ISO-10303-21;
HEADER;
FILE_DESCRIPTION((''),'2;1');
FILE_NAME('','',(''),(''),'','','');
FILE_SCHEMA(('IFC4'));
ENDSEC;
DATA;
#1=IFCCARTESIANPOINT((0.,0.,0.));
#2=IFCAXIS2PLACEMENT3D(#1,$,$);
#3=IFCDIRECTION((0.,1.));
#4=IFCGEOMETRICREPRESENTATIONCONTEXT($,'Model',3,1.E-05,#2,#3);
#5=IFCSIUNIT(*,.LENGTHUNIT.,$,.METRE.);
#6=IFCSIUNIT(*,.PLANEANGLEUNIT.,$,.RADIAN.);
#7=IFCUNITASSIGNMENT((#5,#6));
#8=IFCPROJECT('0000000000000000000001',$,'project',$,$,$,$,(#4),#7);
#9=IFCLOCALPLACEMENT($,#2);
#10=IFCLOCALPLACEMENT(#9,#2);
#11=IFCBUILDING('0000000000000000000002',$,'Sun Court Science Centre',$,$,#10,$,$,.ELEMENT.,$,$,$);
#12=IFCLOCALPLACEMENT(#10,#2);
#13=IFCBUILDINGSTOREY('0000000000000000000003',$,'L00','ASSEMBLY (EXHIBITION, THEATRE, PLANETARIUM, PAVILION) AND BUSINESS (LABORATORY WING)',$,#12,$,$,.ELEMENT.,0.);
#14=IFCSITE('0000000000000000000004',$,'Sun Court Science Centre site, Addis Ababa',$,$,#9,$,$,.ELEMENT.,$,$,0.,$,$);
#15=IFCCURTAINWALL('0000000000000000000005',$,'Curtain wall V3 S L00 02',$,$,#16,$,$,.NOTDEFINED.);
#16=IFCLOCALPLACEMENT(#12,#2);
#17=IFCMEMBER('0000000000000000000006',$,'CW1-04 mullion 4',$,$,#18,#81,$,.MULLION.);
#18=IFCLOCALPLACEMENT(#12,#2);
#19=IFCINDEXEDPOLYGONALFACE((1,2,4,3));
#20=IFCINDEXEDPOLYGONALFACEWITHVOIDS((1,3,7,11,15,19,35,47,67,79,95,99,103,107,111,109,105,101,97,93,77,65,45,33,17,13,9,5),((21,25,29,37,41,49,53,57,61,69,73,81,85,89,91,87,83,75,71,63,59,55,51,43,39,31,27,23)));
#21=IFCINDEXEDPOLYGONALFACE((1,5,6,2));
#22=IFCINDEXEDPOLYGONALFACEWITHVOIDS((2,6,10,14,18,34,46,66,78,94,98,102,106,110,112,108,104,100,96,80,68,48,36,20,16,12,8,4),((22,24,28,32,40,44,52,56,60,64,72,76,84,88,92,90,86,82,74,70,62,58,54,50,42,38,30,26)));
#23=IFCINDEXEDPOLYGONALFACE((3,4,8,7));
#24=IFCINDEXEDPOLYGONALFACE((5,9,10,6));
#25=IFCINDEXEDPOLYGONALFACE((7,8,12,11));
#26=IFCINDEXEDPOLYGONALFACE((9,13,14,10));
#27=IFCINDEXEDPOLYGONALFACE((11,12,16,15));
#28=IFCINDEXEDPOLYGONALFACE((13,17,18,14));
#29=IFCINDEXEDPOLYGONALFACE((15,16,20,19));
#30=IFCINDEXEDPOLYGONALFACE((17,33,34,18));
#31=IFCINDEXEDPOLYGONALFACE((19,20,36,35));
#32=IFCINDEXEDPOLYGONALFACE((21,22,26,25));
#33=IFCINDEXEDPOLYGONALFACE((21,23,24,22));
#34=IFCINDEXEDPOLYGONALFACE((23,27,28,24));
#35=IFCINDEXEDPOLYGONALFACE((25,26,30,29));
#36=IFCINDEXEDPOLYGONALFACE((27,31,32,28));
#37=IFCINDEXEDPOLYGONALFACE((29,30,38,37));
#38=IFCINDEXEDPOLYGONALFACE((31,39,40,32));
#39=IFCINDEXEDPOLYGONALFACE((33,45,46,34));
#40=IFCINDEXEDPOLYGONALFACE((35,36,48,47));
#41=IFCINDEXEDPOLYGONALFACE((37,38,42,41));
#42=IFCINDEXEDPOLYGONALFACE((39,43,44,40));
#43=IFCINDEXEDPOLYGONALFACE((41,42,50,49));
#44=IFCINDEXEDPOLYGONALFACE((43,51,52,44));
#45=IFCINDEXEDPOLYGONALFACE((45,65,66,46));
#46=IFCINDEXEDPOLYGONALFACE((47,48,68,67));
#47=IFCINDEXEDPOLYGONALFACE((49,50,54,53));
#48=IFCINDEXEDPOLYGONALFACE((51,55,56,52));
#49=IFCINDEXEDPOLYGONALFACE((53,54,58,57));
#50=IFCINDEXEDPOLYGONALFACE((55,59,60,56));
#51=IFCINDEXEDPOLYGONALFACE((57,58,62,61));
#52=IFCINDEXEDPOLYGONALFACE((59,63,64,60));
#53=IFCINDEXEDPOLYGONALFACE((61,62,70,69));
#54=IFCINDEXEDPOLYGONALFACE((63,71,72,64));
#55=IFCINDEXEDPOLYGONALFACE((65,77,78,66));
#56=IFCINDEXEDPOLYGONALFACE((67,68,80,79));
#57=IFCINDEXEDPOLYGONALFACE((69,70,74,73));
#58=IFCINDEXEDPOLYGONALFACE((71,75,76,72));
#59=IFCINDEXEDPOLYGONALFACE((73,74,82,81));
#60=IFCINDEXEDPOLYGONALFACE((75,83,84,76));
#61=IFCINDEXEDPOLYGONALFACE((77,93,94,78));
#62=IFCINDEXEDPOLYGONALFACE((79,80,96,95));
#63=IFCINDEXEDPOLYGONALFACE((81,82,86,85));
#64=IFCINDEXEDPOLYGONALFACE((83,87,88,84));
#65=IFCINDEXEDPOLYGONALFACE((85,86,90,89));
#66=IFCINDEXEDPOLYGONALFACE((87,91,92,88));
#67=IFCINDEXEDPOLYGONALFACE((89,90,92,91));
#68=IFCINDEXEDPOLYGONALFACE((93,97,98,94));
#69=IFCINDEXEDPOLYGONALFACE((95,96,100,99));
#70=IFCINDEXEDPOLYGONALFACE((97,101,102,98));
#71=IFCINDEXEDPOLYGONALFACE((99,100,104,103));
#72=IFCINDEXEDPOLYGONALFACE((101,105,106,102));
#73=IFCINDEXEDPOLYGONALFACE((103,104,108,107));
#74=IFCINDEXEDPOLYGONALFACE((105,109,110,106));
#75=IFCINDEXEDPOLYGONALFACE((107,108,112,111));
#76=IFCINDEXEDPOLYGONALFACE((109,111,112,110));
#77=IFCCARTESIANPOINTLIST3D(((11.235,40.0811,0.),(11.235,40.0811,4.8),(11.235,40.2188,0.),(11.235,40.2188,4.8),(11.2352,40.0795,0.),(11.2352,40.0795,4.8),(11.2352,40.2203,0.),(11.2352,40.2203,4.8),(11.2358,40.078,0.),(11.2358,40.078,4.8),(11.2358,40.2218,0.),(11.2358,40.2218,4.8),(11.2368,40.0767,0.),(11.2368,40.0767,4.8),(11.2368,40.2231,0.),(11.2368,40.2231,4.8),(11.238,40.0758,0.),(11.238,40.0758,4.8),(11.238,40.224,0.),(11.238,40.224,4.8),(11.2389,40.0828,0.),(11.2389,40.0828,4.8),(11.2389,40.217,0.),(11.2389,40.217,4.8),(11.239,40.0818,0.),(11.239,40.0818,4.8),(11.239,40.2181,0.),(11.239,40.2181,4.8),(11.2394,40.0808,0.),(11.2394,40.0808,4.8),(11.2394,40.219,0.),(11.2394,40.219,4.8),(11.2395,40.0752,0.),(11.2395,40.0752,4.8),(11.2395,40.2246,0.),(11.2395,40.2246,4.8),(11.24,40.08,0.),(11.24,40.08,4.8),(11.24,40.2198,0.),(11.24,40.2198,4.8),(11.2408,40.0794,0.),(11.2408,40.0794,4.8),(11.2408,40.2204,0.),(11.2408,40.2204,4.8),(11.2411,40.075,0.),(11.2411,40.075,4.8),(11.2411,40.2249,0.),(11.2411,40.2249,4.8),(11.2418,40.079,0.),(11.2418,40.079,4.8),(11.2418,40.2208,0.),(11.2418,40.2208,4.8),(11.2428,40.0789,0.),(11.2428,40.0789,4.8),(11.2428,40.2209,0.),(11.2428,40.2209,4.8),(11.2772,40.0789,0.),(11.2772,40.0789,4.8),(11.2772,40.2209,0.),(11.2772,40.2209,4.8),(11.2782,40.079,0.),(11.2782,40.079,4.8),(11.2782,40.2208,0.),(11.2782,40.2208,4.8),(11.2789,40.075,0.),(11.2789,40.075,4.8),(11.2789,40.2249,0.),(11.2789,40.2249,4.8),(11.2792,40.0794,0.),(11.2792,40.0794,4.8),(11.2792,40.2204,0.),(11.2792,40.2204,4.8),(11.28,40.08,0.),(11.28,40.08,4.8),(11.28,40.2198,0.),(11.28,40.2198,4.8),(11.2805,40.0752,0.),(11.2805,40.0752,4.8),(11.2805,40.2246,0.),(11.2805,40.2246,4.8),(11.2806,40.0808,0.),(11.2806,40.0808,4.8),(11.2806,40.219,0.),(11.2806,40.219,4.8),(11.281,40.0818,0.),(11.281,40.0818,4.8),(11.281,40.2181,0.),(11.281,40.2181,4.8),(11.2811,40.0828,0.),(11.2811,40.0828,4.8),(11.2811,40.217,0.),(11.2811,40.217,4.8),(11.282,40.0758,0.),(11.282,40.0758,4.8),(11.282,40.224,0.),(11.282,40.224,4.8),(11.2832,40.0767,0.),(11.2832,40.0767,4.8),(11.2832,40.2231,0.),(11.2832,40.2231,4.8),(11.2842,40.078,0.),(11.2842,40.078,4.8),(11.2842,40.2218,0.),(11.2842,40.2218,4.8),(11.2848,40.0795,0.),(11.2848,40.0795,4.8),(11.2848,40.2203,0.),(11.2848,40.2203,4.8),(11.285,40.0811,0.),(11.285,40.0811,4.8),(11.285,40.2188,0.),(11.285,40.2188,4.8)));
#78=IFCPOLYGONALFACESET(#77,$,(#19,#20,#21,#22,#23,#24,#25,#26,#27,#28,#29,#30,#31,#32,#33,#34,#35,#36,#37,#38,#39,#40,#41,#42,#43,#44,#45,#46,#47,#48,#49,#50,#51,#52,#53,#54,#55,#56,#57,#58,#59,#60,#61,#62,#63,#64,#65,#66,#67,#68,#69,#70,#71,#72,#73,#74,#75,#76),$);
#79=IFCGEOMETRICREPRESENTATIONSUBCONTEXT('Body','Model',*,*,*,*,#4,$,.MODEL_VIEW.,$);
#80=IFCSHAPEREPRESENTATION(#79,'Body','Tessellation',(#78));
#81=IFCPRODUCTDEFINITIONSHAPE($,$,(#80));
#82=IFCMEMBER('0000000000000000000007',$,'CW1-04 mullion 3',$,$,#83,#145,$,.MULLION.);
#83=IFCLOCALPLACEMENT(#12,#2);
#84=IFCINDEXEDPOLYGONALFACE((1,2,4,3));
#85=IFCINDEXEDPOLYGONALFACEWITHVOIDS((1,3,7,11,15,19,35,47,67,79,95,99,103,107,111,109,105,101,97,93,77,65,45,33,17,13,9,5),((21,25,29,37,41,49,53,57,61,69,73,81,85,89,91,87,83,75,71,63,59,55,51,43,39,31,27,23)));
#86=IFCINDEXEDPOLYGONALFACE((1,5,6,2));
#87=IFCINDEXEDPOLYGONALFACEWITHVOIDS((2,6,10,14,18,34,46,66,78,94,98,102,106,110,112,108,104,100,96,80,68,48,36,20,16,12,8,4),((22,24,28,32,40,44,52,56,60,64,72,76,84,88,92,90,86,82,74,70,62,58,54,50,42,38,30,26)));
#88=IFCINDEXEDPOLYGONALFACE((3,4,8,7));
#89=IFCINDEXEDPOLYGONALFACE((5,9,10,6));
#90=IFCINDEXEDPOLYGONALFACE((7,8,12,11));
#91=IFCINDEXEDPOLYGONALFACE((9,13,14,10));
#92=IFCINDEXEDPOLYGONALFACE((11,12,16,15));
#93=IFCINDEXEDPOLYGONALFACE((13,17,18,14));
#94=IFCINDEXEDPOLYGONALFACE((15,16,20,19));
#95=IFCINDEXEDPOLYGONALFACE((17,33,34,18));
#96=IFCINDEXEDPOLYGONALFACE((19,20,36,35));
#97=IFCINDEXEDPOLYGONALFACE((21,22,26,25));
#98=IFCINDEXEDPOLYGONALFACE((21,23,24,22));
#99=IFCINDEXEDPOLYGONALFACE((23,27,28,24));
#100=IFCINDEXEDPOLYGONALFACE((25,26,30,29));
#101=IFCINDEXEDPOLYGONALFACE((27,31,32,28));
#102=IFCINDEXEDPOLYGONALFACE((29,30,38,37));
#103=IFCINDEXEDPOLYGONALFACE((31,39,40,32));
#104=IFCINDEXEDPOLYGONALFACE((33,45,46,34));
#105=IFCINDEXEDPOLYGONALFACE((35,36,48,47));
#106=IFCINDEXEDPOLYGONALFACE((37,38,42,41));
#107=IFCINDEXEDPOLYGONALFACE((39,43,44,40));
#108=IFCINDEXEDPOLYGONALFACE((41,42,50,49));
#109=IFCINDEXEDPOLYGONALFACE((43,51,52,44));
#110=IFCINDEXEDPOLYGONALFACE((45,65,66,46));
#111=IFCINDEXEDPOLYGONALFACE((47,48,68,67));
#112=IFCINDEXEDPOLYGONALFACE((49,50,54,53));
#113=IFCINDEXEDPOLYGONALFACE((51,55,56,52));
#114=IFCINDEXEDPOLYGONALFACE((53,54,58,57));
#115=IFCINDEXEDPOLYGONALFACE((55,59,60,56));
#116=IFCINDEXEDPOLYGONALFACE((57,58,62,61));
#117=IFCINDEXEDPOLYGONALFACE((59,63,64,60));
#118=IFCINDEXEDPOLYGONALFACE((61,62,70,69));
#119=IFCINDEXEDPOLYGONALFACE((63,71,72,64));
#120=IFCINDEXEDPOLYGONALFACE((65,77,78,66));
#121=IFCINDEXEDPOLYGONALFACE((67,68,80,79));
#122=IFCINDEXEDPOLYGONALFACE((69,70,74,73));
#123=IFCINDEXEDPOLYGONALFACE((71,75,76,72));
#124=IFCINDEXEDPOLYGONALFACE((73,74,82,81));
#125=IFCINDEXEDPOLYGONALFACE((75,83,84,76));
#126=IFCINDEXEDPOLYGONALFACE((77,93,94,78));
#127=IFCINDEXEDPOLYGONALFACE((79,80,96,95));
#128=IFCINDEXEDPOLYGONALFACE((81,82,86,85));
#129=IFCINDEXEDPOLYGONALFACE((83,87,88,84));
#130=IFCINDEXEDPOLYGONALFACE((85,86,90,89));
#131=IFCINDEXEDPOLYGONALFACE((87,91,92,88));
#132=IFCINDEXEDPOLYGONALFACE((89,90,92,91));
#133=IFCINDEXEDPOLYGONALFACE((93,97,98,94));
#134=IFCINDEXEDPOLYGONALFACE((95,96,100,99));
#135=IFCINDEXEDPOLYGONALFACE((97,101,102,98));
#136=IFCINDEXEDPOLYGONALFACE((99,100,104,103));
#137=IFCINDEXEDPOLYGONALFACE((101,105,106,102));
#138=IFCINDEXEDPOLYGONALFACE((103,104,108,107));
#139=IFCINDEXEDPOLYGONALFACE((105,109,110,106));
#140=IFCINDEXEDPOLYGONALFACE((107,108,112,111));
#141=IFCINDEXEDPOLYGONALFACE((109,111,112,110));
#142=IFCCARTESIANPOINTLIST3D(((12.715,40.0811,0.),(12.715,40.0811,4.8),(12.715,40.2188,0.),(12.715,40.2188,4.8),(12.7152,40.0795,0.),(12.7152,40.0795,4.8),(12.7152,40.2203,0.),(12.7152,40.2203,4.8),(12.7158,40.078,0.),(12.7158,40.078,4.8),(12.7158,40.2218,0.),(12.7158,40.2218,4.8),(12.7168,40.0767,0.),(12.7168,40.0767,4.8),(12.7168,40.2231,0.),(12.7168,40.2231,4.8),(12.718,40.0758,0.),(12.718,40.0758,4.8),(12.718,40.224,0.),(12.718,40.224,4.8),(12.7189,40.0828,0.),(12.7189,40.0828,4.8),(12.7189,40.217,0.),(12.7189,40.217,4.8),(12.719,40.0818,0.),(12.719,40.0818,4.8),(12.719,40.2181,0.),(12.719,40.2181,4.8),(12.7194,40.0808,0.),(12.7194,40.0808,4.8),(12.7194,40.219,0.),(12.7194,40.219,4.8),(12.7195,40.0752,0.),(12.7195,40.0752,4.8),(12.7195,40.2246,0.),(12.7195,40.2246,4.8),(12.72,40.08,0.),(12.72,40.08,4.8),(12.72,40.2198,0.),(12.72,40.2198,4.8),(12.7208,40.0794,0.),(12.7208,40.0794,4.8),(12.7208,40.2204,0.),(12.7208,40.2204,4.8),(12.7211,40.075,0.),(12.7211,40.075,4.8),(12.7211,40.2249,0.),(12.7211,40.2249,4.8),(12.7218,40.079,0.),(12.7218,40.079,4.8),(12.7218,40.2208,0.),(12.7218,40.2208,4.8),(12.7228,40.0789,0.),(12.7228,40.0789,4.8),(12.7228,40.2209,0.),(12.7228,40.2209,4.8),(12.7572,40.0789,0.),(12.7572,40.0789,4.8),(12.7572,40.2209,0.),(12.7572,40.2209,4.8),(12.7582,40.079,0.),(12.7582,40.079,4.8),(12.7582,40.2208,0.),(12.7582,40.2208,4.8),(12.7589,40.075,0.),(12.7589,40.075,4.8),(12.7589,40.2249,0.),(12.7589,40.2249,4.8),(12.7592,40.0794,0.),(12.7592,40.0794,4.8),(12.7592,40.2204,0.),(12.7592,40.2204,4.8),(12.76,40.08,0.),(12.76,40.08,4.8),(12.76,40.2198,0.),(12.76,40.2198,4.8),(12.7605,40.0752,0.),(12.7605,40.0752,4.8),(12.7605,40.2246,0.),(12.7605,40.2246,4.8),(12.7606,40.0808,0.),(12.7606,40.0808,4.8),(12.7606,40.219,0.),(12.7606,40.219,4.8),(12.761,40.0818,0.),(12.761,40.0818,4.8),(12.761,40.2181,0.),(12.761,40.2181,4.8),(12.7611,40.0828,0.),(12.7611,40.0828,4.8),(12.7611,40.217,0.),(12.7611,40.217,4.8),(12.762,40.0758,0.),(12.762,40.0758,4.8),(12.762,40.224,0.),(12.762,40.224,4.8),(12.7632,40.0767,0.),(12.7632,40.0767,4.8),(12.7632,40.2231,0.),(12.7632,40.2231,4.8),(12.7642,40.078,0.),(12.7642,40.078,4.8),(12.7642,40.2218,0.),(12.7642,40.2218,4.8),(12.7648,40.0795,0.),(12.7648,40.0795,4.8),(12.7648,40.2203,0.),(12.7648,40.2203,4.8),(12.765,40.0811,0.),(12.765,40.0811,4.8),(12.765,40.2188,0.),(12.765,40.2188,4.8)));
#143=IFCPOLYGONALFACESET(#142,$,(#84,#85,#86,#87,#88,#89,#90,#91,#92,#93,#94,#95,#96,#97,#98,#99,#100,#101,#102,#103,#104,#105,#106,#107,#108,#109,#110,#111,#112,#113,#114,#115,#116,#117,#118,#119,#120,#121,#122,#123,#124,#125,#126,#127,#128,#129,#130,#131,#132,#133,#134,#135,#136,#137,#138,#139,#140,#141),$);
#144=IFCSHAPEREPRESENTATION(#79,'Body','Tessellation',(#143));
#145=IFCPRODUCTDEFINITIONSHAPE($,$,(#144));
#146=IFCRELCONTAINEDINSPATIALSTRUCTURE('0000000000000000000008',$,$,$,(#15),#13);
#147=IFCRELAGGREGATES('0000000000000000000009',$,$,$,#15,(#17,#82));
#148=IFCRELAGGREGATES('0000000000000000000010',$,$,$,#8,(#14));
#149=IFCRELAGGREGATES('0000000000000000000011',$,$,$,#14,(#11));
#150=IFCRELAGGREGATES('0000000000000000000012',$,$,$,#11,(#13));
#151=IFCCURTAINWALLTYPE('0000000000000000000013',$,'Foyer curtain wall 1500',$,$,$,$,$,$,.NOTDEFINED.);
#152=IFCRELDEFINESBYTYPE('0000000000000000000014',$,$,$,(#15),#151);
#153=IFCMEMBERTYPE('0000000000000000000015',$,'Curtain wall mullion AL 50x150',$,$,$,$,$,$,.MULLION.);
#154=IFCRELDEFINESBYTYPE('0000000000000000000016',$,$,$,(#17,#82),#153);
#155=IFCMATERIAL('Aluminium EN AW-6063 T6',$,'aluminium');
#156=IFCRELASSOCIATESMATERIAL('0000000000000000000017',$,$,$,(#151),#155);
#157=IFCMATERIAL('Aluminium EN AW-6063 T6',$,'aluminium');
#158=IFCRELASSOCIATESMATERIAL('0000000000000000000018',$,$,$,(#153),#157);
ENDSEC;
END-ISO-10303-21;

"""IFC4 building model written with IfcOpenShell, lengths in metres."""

from ifc_helpers import new_model, si_unit, direction, frame, origin, origin_2d, place, context, subcontext, project, spatial, hollow_rectangle, extrude, material, material_profile, profile_set, type_object, element, aggregate, save


model = new_model("IFC4")

# Units and contexts
model_context = context("Model", 3, precision=1e-05, world=origin(), true_north=direction((0.0, 1.0)))
body_context = subcontext(model_context, "Body", "Model", "MODEL_VIEW")
ifc_project = project(units=[si_unit("LENGTHUNIT", "METRE"), si_unit("PLANEANGLEUNIT", "RADIAN")], contexts=[model_context])

# Site, building, storey
site_placement = place(None, origin())
site = spatial("IfcSite", under=ifc_project, at=site_placement, Name="Sun Court Science Centre site, Addis Ababa", CompositionType="ELEMENT", RefElevation=0.0)
building_placement = place(site_placement, origin())
building = spatial("IfcBuilding", under=site, at=building_placement, Name="Sun Court Science Centre", CompositionType="ELEMENT")
storey_placement = place(building_placement, origin())
storey = spatial("IfcBuildingStorey", under=building, at=storey_placement, Name="L00", Description="ASSEMBLY (EXHIBITION, THEATRE, PLANETARIUM, PAVILION) AND BUSINESS (LABORATORY WING)", CompositionType="ELEMENT", Elevation=0.0)

# Curtain wall, members
ifc_material_1 = material(Name="Aluminium EN AW-6063 T6", Category="aluminium")
curtain_wall_type = type_object("IfcCurtainWallType", Name="Foyer curtain wall 1500", PredefinedType="NOTDEFINED", material=ifc_material_1)
ifc_material_2 = material(Name="Aluminium EN AW-6063 T6", Category="aluminium")
ifc_material_profile_1 = material_profile(ifc_material_2, hollow_rectangle(XDim=0.05, YDim=0.1499, WallThickness=0.0039, InnerFilletRadius=0.0039, OuterFilletRadius=0.0061, at=origin_2d()), Name="AL 50x150x4")
ifc_profile_set_1 = profile_set([ifc_material_profile_1], Name="Aluminium EN AW-6063 T6")
member_type_1 = type_object("IfcMemberType", Name="Curtain wall mullion AL 50x150", PredefinedType="MULLION", material=ifc_profile_set_1)
curtain_wall_1_placement = place(storey_placement, origin())
curtain_wall_1 = element("IfcCurtainWall", 1, at=curtain_wall_1_placement, inside=storey, type_object=curtain_wall_type, Name="Curtain wall V3 S L00 02", PredefinedType="NOTDEFINED")
member_1_placement = place(storey_placement, frame((11.26, 40.1499, 0.0), z_axis=(0.0, 0.0, 1.0), x_axis=(-1.0, 0.0, 0.0)))
member_1 = element("IfcMember", 2, at=member_1_placement, type_object=member_type_1, Name="CW1-04 mullion 4", PredefinedType="MULLION", context=body_context, shape_type="SweptSolid", body=[
    extrude(hollow_rectangle(XDim=0.05, YDim=0.1499, WallThickness=0.0039, InnerFilletRadius=0.0039, OuterFilletRadius=0.0061, at=origin_2d()), origin(), (0.0, 0.0, 1.0), 4.8),
])
member_2_placement = place(storey_placement, frame((12.74, 40.1499, 0.0), z_axis=(0.0, 0.0, 1.0), x_axis=(-1.0, 0.0, 0.0)))
member_2 = element("IfcMember", 3, at=member_2_placement, type_object=member_type_1, Name="CW1-04 mullion 3", PredefinedType="MULLION", context=body_context, shape_type="SweptSolid", body=[
    extrude(hollow_rectangle(XDim=0.05, YDim=0.1499, WallThickness=0.0039, InnerFilletRadius=0.0039, OuterFilletRadius=0.0061, at=origin_2d()), origin(), (0.0, 0.0, 1.0), 4.8),
])

aggregate(curtain_wall_1, [member_1, member_2])

save(model, "model.ifc")
